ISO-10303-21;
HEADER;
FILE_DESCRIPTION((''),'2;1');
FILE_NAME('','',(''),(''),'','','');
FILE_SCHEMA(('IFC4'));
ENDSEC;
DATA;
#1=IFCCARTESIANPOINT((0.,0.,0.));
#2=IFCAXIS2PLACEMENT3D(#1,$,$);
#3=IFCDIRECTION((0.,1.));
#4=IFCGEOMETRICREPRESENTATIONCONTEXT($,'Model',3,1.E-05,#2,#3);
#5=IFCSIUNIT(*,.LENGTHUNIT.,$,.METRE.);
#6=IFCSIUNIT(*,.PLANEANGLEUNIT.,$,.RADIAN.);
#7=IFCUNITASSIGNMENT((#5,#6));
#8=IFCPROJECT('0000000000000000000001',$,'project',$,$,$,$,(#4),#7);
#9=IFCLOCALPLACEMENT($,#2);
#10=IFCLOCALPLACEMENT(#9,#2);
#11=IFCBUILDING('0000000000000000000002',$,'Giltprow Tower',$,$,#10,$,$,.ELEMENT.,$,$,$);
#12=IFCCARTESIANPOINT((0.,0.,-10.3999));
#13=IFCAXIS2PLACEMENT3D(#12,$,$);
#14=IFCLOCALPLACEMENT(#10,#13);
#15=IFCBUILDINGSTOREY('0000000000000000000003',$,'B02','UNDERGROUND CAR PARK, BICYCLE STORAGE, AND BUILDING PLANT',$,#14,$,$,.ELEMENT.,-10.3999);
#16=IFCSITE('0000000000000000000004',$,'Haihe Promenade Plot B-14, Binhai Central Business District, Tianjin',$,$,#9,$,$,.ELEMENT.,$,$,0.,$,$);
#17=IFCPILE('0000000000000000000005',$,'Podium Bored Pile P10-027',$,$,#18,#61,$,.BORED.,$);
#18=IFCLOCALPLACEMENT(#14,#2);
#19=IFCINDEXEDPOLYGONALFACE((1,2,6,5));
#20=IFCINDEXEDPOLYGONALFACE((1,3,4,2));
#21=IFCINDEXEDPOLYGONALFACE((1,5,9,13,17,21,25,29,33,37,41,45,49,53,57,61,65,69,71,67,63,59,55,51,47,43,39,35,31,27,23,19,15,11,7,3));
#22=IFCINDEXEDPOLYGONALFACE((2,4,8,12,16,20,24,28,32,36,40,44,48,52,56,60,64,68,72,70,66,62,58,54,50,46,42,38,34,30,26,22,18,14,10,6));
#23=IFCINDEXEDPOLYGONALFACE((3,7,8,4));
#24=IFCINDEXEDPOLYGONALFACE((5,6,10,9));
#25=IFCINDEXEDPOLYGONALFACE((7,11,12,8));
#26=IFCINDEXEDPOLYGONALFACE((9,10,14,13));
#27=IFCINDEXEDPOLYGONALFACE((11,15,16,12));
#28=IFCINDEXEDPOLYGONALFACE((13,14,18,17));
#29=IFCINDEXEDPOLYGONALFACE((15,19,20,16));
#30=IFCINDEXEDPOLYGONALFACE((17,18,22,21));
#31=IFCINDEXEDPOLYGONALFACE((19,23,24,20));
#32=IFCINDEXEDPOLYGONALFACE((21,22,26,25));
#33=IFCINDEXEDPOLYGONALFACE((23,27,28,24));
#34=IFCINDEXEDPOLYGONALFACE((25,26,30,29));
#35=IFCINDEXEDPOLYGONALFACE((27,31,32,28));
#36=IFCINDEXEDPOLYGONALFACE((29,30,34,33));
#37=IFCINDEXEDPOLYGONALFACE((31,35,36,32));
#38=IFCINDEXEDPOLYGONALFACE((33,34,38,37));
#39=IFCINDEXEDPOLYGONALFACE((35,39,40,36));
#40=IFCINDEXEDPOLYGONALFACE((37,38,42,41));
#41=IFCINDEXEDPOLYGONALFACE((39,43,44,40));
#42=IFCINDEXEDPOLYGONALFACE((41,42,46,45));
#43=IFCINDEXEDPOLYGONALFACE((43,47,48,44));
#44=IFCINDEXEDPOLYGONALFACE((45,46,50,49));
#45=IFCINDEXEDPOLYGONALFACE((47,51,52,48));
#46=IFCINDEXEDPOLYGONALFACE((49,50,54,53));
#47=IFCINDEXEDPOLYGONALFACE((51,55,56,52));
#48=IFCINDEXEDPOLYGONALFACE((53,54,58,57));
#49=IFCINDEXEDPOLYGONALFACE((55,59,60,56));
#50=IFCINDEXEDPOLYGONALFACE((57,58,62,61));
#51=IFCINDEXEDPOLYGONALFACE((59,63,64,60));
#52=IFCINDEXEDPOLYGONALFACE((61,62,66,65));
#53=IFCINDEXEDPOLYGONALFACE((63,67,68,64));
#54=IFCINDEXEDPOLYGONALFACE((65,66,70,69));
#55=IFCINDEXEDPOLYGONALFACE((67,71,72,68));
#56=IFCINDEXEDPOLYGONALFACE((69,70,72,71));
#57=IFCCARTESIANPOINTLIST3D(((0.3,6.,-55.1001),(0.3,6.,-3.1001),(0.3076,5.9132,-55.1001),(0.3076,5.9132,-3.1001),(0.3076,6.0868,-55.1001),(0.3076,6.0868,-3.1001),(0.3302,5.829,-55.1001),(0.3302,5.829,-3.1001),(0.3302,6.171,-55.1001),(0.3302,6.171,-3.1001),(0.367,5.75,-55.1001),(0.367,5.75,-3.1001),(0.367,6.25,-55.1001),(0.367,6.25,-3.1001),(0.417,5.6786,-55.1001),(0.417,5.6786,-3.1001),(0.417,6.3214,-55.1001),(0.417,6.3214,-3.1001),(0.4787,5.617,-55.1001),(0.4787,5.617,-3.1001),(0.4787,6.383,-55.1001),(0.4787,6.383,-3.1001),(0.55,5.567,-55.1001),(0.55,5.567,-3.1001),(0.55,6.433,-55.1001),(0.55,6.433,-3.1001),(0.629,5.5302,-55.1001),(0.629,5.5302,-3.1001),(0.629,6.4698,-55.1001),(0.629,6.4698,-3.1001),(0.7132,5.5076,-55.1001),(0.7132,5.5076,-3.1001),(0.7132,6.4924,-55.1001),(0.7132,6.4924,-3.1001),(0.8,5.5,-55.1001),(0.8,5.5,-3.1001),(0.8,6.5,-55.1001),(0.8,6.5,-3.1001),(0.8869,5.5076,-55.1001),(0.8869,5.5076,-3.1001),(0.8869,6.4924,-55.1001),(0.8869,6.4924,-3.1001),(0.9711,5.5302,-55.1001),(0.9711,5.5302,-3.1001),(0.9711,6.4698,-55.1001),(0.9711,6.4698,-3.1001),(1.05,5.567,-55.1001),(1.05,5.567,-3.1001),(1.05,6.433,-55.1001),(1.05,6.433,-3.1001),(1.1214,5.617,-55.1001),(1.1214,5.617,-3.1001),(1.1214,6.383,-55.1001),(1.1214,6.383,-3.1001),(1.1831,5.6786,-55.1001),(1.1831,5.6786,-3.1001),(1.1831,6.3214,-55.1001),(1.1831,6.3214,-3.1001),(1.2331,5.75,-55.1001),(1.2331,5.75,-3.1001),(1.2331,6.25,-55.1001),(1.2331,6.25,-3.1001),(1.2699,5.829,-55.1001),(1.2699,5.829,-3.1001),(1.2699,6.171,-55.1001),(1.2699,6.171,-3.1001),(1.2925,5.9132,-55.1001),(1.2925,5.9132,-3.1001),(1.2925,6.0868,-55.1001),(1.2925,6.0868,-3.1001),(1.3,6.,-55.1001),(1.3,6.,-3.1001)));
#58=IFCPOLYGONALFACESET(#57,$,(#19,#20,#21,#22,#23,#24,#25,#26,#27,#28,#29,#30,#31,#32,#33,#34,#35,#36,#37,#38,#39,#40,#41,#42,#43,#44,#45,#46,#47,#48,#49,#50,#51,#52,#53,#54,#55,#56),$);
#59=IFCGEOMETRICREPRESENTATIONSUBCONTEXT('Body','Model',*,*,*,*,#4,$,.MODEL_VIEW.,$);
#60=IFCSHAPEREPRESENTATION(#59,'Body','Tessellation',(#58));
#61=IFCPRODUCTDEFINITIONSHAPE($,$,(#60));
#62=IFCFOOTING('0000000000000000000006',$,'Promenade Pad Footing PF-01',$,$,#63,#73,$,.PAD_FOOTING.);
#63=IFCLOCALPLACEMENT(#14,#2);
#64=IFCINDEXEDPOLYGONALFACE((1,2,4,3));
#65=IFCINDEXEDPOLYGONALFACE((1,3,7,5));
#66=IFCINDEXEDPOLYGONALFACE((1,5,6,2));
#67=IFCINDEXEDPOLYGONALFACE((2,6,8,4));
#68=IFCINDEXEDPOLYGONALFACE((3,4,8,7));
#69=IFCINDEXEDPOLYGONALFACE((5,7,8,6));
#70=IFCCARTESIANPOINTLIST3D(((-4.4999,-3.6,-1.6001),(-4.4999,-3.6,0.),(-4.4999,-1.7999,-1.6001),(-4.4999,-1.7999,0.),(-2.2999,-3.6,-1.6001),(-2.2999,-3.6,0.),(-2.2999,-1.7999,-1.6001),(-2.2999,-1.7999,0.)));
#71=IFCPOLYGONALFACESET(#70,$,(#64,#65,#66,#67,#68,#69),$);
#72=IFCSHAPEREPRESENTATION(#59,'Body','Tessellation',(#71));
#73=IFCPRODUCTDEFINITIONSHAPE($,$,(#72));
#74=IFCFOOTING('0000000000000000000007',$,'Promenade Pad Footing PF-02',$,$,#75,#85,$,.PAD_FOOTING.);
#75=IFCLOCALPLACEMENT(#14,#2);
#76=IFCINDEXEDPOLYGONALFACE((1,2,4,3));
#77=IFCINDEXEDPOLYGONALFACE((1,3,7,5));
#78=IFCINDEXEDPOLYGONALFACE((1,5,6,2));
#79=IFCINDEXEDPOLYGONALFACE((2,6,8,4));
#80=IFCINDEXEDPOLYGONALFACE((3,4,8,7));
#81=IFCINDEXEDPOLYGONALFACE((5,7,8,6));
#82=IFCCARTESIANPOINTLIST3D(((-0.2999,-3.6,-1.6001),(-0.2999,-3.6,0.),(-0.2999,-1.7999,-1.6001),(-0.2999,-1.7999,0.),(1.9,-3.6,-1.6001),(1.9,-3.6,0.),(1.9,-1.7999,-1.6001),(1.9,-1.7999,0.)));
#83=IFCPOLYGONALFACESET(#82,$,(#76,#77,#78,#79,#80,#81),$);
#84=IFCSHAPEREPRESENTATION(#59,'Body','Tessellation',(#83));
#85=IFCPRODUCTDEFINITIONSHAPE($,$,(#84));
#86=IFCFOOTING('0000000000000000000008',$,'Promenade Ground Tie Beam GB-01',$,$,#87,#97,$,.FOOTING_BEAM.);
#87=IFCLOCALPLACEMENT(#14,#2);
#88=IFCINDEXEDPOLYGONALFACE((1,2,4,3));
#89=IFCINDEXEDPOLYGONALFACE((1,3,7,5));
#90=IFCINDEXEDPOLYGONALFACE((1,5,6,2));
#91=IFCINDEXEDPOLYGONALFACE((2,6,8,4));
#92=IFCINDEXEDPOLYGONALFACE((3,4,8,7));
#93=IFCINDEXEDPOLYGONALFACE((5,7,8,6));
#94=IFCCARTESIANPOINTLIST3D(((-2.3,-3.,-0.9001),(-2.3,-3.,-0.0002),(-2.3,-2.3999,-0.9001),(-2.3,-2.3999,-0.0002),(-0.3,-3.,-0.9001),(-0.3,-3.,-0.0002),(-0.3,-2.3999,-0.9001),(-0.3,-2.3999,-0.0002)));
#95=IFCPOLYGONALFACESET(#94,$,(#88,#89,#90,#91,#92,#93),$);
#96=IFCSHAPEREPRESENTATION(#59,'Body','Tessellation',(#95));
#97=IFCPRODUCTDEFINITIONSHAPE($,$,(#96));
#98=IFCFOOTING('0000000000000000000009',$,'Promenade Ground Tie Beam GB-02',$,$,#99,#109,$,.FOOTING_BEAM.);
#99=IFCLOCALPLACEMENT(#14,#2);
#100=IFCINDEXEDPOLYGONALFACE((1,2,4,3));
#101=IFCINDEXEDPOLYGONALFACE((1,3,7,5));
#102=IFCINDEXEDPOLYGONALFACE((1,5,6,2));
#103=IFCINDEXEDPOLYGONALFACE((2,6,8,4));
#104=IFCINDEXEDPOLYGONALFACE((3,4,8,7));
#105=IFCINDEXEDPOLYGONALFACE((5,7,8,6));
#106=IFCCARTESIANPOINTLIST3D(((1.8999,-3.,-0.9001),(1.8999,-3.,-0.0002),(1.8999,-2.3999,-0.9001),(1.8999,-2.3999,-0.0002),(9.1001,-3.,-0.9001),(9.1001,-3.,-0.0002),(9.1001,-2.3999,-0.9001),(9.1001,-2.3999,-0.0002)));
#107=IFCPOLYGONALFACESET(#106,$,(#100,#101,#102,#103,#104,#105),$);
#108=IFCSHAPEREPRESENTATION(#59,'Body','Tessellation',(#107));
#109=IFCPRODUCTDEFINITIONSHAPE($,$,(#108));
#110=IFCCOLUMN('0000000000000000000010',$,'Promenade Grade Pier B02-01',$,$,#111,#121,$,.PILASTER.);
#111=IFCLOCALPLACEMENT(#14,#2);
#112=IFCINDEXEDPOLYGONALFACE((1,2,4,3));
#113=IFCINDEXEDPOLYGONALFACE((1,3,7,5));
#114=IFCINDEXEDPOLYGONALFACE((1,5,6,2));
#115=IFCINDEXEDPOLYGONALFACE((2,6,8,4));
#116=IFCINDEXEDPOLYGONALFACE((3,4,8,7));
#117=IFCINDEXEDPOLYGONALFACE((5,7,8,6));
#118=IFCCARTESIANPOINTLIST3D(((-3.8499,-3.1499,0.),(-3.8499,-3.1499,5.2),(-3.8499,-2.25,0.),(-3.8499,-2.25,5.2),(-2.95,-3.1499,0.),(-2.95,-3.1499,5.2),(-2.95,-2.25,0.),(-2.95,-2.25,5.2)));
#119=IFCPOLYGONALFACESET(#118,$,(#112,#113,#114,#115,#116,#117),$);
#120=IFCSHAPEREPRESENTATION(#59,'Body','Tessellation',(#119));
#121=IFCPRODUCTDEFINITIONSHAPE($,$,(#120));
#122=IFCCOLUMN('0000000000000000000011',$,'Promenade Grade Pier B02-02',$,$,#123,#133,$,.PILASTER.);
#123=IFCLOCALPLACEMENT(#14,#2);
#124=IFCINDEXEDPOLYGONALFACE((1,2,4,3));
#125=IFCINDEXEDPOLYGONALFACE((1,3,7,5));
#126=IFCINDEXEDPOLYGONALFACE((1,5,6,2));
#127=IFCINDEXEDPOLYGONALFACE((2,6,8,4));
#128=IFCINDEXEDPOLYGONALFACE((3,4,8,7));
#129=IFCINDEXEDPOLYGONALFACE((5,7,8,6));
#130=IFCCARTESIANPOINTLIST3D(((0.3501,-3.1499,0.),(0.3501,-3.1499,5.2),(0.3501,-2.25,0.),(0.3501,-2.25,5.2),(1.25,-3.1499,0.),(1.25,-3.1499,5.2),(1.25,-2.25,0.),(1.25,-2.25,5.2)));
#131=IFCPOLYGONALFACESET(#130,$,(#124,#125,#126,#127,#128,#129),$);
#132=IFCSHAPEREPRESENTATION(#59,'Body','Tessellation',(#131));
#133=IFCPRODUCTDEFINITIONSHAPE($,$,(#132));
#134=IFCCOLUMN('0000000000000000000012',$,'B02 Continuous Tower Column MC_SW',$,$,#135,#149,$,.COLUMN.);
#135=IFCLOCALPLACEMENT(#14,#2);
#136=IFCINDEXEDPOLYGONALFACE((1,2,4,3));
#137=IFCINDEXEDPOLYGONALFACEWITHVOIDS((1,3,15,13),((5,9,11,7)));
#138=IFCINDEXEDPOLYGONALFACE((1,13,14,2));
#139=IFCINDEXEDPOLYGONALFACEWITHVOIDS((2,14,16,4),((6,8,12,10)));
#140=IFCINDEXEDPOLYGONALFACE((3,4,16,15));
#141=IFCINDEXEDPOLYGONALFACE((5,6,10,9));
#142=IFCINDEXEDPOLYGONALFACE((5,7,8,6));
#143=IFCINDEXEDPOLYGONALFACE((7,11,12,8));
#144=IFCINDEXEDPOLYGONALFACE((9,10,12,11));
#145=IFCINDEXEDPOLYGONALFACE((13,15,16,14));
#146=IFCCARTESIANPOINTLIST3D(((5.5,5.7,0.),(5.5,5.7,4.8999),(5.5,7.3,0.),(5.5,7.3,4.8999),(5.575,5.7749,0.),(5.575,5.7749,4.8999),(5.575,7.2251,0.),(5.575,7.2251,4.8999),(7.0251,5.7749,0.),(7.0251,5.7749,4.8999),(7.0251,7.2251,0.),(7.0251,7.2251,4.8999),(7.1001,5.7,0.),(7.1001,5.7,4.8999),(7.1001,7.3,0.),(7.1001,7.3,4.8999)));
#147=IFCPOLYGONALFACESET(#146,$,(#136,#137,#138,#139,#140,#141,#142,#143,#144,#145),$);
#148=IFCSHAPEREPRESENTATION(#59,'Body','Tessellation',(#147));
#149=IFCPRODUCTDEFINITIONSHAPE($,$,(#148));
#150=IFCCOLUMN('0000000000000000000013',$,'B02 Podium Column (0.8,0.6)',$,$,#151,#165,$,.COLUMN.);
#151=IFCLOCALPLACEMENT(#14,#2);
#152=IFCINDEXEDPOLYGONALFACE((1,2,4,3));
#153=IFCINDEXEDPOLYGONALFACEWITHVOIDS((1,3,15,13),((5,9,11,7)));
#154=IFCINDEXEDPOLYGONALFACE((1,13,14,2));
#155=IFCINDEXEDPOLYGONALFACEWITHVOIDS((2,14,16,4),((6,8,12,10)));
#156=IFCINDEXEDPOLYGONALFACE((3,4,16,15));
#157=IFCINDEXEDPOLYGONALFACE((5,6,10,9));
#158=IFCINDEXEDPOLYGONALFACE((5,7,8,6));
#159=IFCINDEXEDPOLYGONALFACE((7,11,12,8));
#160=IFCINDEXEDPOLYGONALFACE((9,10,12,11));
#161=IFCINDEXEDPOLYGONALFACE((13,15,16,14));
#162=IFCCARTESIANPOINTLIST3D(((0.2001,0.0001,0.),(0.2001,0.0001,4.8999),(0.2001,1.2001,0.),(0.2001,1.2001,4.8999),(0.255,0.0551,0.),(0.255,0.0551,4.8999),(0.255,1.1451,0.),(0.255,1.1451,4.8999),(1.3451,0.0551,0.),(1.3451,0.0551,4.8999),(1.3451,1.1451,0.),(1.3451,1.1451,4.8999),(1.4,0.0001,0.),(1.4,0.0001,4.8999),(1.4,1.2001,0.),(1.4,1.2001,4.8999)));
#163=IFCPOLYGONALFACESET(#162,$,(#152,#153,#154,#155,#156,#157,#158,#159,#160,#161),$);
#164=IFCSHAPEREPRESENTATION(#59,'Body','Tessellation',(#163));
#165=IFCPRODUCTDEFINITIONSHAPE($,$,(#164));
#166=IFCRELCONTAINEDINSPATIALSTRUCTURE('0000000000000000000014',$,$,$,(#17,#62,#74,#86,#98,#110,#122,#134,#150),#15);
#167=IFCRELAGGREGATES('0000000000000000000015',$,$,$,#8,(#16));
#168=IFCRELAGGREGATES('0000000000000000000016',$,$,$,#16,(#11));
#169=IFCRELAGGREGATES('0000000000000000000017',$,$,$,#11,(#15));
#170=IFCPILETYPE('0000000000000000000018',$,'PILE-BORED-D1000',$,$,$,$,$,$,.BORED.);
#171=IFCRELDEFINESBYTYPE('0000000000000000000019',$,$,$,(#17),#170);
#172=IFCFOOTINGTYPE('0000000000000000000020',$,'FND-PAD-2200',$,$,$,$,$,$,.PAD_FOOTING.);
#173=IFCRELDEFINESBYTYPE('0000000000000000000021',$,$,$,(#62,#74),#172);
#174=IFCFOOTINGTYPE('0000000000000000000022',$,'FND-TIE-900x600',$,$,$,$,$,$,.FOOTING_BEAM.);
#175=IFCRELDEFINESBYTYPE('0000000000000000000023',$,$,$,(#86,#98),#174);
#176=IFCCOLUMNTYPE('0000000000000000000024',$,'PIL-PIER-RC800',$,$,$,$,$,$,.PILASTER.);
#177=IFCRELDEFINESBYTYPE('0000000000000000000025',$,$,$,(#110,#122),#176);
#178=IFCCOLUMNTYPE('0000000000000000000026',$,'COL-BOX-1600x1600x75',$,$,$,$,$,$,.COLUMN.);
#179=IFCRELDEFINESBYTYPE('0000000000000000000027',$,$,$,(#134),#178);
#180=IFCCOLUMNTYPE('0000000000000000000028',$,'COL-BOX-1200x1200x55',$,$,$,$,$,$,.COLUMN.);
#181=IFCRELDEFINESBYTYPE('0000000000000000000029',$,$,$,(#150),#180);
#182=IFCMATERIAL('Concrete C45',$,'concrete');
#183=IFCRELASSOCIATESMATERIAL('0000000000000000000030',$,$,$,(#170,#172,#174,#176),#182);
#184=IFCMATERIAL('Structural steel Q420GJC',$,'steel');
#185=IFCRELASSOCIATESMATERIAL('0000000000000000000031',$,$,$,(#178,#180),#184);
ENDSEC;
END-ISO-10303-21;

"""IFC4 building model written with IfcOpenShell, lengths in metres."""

from ifc_helpers import new_model, si_unit, direction, frame, origin, origin_2d, place, context, subcontext, project, spatial, rectangle, hollow_rectangle, circle, extrude, source, transform, mapped, material, material_profile, profile_set, type_object, element, save


model = new_model("IFC4")

# Units and contexts
model_context = context("Model", 3, precision=1e-05, world=origin(), true_north=direction((0.0, 1.0)))
body_context = subcontext(model_context, "Body", "Model", "MODEL_VIEW")
ifc_project = project(units=[si_unit("LENGTHUNIT", "METRE"), si_unit("PLANEANGLEUNIT", "RADIAN")], contexts=[model_context])

# Site, building, storey
site_placement = place(None, origin())
site = spatial("IfcSite", under=ifc_project, at=site_placement, Name="Haihe Promenade Plot B-14, Binhai Central Business District, Tianjin", CompositionType="ELEMENT", RefElevation=0.0)
building_placement = place(site_placement, origin())
building = spatial("IfcBuilding", under=site, at=building_placement, Name="Giltprow Tower", CompositionType="ELEMENT")
storey_placement = place(building_placement, frame((0.0, 0.0, -10.3999)))
storey = spatial("IfcBuildingStorey", under=building, at=storey_placement, Name="B02", Description="UNDERGROUND CAR PARK, BICYCLE STORAGE, AND BUILDING PLANT", CompositionType="ELEMENT", Elevation=-10.3999)

# Pile
ifc_material_1 = material(Name="Concrete C45", Category="concrete")
ifc_material_profile_1 = material_profile(ifc_material_1, circle(Radius=0.5, at=origin_2d()), Name="PILE D1000")
ifc_profile_set_1 = profile_set([ifc_material_profile_1], Name="Concrete C45")
pile_type_1 = type_object("IfcPileType", Name="PILE-BORED-D1000", PredefinedType="BORED", material=ifc_profile_set_1)
shared_shape_1 = source(origin(), body_context, "Body", "SweptSolid", [
    extrude(circle(Radius=0.5, at=origin_2d()), origin(), (0.0, 0.0, 1.0), 52.0),
])
for number, where, z_axis, x_axis, name in (
    (1, (0.8, 6.0, -3.1001), (0.0, 0.0, -1.0), (1.0, 0.0, 0.0), "Podium Bored Pile P10-027"),
):
    element("IfcPile", number, at=place(storey_placement, frame(where, z_axis=z_axis, x_axis=x_axis)), inside=storey, type_object=pile_type_1, Name=name, PredefinedType="BORED", context=body_context, shape_type="MappedRepresentation", body=[
        mapped(shared_shape_1, transform((0.0, 0.0, 0.0), x_axis=(1.0, 0.0, 0.0), y_axis=(0.0, 1.0, 0.0), z_axis=(0.0, 0.0, 1.0), scale=1.0)),
    ])

# Footings
footing_type_1 = type_object("IfcFootingType", Name="FND-PAD-2200", PredefinedType="PAD_FOOTING", material=ifc_material_1)
shared_shape_2 = source(origin(), body_context, "Body", "SweptSolid", [
    extrude(rectangle(XDim=2.2, YDim=1.8, at=origin_2d()), origin(), (0.0, 0.0, 1.0), 1.6001),
])
for number, where, z_axis, x_axis, name in (
    (2, (-3.3999, -2.7, -1.6001), (0.0, 0.0, 1.0), (1.0, 0.0, 0.0), "Promenade Pad Footing PF-01"),
    (3, (0.8, -2.7, -1.6001), (0.0, 0.0, 1.0), (1.0, 0.0, 0.0), "Promenade Pad Footing PF-02"),
):
    element("IfcFooting", number, at=place(storey_placement, frame(where, z_axis=z_axis, x_axis=x_axis)), inside=storey, type_object=footing_type_1, Name=name, PredefinedType="PAD_FOOTING", context=body_context, shape_type="MappedRepresentation", body=[
        mapped(shared_shape_2, transform((0.0, 0.0, 0.0), x_axis=(1.0, 0.0, 0.0), y_axis=(0.0, 1.0, 0.0), z_axis=(0.0, 0.0, 1.0), scale=1.0)),
    ])
ifc_material_profile_2 = material_profile(ifc_material_1, rectangle(XDim=0.6001, YDim=0.8999, at=origin_2d()), Name="RC 900x600")
ifc_profile_set_2 = profile_set([ifc_material_profile_2], Name="Concrete C45")
footing_type_2 = type_object("IfcFootingType", Name="FND-TIE-900x600", PredefinedType="FOOTING_BEAM", material=ifc_profile_set_2)
shared_shape_3 = source(origin(), body_context, "Body", "SweptSolid", [
    extrude(rectangle(XDim=0.6001, YDim=0.8999, at=origin_2d()), origin(), (0.0, 0.0, 1.0), 2.0),
])
footing_1_placement = place(storey_placement, frame((-2.3, -2.7, -0.4502), z_axis=(1.0, 0.0, 0.0), x_axis=(0.0, 1.0, 0.0)))
element("IfcFooting", 4, at=footing_1_placement, inside=storey, type_object=footing_type_2, Name="Promenade Ground Tie Beam GB-01", PredefinedType="FOOTING_BEAM", context=body_context, shape_type="MappedRepresentation", body=[
    mapped(shared_shape_3, transform((0.0, 0.0, 0.0), x_axis=(1.0, 0.0, 0.0), y_axis=(0.0, 1.0, 0.0), z_axis=(0.0, 0.0, 1.0), scale=1.0)),
])
shared_shape_4 = source(origin(), body_context, "Body", "SweptSolid", [
    extrude(rectangle(XDim=0.6001, YDim=0.8999, at=origin_2d()), origin(), (0.0, 0.0, 1.0), 7.2002),
])
footing_2_placement = place(storey_placement, frame((1.8999, -2.7, -0.4502), z_axis=(1.0, 0.0, 0.0), x_axis=(0.0, 1.0, 0.0)))
element("IfcFooting", 5, at=footing_2_placement, inside=storey, type_object=footing_type_2, Name="Promenade Ground Tie Beam GB-02", PredefinedType="FOOTING_BEAM", context=body_context, shape_type="MappedRepresentation", body=[
    mapped(shared_shape_4, transform((0.0, 0.0, 0.0), x_axis=(1.0, 0.0, 0.0), y_axis=(0.0, 1.0, 0.0), z_axis=(0.0, 0.0, 1.0), scale=1.0)),
])

# Columns
ifc_material_profile_3 = material_profile(ifc_material_1, rectangle(XDim=0.8999, YDim=0.8999, at=origin_2d()), Name="RC 900x900")
ifc_profile_set_3 = profile_set([ifc_material_profile_3], Name="Concrete C45")
column_type_1 = type_object("IfcColumnType", Name="PIL-PIER-RC800", PredefinedType="PILASTER", material=ifc_profile_set_3)
shared_shape_5 = source(origin(), body_context, "Body", "SweptSolid", [
    extrude(rectangle(XDim=0.8999, YDim=0.8999, at=origin_2d()), origin(), (0.0, 0.0, 1.0), 5.2),
])
for number, where, z_axis, x_axis, name in (
    (6, (-3.3999, -2.7, 0.0), (0.0, 0.0, 1.0), (1.0, 0.0, 0.0), "Promenade Grade Pier B02-01"),
    (7, (0.8, -2.7, 0.0), (0.0, 0.0, 1.0), (1.0, 0.0, 0.0), "Promenade Grade Pier B02-02"),
):
    element("IfcColumn", number, at=place(storey_placement, frame(where, z_axis=z_axis, x_axis=x_axis)), inside=storey, type_object=column_type_1, Name=name, PredefinedType="PILASTER", context=body_context, shape_type="MappedRepresentation", body=[
        mapped(shared_shape_5, transform((0.0, 0.0, 0.0), x_axis=(1.0, 0.0, 0.0), y_axis=(0.0, 1.0, 0.0), z_axis=(0.0, 0.0, 1.0), scale=1.0)),
    ])
ifc_material_2 = material(Name="Structural steel Q420GJC", Category="steel")
ifc_material_profile_4 = material_profile(ifc_material_2, hollow_rectangle(XDim=1.6001, YDim=1.6001, WallThickness=0.075, at=origin_2d()), Name="BOX 1600x1600x75")
ifc_profile_set_4 = profile_set([ifc_material_profile_4], Name="Structural steel Q420GJC")
column_type_2 = type_object("IfcColumnType", Name="COL-BOX-1600x1600x75", PredefinedType="COLUMN", material=ifc_profile_set_4)
shared_shape_6 = source(origin(), body_context, "Body", "SweptSolid", [
    extrude(hollow_rectangle(XDim=1.6001, YDim=1.6001, WallThickness=0.075, at=origin_2d()), origin(), (0.0, 0.0, 1.0), 4.8999),
])
column_1_placement = place(storey_placement, frame((6.3, 6.5, 0.0), z_axis=(0.0, 0.0, 1.0), x_axis=(1.0, 0.0, 0.0)))
element("IfcColumn", 8, at=column_1_placement, inside=storey, type_object=column_type_2, Name="B02 Continuous Tower Column MC_SW", PredefinedType="COLUMN", context=body_context, shape_type="MappedRepresentation", body=[
    mapped(shared_shape_6, transform((0.0, 0.0, 0.0), x_axis=(1.0, 0.0, 0.0), y_axis=(0.0, 1.0, 0.0), z_axis=(0.0, 0.0, 1.0), scale=1.0)),
])
ifc_material_profile_5 = material_profile(ifc_material_2, hollow_rectangle(XDim=1.2, YDim=1.2, WallThickness=0.0549, at=origin_2d()), Name="BOX 1200x1200x55")
ifc_profile_set_5 = profile_set([ifc_material_profile_5], Name="Structural steel Q420GJC")
column_type_3 = type_object("IfcColumnType", Name="COL-BOX-1200x1200x55", PredefinedType="COLUMN", material=ifc_profile_set_5)
shared_shape_7 = source(origin(), body_context, "Body", "SweptSolid", [
    extrude(hollow_rectangle(XDim=1.2, YDim=1.2, WallThickness=0.0549, at=origin_2d()), origin(), (0.0, 0.0, 1.0), 4.8999),
])
column_2_placement = place(storey_placement, frame((0.8, 0.6001, 0.0), z_axis=(0.0, 0.0, 1.0), x_axis=(1.0, 0.0, 0.0)))
element("IfcColumn", 9, at=column_2_placement, inside=storey, type_object=column_type_3, Name="B02 Podium Column (0.8,0.6)", PredefinedType="COLUMN", context=body_context, shape_type="MappedRepresentation", body=[
    mapped(shared_shape_7, transform((0.0, 0.0, 0.0), x_axis=(1.0, 0.0, 0.0), y_axis=(0.0, 1.0, 0.0), z_axis=(0.0, 0.0, 1.0), scale=1.0)),
])

save(model, "model.ifc")
